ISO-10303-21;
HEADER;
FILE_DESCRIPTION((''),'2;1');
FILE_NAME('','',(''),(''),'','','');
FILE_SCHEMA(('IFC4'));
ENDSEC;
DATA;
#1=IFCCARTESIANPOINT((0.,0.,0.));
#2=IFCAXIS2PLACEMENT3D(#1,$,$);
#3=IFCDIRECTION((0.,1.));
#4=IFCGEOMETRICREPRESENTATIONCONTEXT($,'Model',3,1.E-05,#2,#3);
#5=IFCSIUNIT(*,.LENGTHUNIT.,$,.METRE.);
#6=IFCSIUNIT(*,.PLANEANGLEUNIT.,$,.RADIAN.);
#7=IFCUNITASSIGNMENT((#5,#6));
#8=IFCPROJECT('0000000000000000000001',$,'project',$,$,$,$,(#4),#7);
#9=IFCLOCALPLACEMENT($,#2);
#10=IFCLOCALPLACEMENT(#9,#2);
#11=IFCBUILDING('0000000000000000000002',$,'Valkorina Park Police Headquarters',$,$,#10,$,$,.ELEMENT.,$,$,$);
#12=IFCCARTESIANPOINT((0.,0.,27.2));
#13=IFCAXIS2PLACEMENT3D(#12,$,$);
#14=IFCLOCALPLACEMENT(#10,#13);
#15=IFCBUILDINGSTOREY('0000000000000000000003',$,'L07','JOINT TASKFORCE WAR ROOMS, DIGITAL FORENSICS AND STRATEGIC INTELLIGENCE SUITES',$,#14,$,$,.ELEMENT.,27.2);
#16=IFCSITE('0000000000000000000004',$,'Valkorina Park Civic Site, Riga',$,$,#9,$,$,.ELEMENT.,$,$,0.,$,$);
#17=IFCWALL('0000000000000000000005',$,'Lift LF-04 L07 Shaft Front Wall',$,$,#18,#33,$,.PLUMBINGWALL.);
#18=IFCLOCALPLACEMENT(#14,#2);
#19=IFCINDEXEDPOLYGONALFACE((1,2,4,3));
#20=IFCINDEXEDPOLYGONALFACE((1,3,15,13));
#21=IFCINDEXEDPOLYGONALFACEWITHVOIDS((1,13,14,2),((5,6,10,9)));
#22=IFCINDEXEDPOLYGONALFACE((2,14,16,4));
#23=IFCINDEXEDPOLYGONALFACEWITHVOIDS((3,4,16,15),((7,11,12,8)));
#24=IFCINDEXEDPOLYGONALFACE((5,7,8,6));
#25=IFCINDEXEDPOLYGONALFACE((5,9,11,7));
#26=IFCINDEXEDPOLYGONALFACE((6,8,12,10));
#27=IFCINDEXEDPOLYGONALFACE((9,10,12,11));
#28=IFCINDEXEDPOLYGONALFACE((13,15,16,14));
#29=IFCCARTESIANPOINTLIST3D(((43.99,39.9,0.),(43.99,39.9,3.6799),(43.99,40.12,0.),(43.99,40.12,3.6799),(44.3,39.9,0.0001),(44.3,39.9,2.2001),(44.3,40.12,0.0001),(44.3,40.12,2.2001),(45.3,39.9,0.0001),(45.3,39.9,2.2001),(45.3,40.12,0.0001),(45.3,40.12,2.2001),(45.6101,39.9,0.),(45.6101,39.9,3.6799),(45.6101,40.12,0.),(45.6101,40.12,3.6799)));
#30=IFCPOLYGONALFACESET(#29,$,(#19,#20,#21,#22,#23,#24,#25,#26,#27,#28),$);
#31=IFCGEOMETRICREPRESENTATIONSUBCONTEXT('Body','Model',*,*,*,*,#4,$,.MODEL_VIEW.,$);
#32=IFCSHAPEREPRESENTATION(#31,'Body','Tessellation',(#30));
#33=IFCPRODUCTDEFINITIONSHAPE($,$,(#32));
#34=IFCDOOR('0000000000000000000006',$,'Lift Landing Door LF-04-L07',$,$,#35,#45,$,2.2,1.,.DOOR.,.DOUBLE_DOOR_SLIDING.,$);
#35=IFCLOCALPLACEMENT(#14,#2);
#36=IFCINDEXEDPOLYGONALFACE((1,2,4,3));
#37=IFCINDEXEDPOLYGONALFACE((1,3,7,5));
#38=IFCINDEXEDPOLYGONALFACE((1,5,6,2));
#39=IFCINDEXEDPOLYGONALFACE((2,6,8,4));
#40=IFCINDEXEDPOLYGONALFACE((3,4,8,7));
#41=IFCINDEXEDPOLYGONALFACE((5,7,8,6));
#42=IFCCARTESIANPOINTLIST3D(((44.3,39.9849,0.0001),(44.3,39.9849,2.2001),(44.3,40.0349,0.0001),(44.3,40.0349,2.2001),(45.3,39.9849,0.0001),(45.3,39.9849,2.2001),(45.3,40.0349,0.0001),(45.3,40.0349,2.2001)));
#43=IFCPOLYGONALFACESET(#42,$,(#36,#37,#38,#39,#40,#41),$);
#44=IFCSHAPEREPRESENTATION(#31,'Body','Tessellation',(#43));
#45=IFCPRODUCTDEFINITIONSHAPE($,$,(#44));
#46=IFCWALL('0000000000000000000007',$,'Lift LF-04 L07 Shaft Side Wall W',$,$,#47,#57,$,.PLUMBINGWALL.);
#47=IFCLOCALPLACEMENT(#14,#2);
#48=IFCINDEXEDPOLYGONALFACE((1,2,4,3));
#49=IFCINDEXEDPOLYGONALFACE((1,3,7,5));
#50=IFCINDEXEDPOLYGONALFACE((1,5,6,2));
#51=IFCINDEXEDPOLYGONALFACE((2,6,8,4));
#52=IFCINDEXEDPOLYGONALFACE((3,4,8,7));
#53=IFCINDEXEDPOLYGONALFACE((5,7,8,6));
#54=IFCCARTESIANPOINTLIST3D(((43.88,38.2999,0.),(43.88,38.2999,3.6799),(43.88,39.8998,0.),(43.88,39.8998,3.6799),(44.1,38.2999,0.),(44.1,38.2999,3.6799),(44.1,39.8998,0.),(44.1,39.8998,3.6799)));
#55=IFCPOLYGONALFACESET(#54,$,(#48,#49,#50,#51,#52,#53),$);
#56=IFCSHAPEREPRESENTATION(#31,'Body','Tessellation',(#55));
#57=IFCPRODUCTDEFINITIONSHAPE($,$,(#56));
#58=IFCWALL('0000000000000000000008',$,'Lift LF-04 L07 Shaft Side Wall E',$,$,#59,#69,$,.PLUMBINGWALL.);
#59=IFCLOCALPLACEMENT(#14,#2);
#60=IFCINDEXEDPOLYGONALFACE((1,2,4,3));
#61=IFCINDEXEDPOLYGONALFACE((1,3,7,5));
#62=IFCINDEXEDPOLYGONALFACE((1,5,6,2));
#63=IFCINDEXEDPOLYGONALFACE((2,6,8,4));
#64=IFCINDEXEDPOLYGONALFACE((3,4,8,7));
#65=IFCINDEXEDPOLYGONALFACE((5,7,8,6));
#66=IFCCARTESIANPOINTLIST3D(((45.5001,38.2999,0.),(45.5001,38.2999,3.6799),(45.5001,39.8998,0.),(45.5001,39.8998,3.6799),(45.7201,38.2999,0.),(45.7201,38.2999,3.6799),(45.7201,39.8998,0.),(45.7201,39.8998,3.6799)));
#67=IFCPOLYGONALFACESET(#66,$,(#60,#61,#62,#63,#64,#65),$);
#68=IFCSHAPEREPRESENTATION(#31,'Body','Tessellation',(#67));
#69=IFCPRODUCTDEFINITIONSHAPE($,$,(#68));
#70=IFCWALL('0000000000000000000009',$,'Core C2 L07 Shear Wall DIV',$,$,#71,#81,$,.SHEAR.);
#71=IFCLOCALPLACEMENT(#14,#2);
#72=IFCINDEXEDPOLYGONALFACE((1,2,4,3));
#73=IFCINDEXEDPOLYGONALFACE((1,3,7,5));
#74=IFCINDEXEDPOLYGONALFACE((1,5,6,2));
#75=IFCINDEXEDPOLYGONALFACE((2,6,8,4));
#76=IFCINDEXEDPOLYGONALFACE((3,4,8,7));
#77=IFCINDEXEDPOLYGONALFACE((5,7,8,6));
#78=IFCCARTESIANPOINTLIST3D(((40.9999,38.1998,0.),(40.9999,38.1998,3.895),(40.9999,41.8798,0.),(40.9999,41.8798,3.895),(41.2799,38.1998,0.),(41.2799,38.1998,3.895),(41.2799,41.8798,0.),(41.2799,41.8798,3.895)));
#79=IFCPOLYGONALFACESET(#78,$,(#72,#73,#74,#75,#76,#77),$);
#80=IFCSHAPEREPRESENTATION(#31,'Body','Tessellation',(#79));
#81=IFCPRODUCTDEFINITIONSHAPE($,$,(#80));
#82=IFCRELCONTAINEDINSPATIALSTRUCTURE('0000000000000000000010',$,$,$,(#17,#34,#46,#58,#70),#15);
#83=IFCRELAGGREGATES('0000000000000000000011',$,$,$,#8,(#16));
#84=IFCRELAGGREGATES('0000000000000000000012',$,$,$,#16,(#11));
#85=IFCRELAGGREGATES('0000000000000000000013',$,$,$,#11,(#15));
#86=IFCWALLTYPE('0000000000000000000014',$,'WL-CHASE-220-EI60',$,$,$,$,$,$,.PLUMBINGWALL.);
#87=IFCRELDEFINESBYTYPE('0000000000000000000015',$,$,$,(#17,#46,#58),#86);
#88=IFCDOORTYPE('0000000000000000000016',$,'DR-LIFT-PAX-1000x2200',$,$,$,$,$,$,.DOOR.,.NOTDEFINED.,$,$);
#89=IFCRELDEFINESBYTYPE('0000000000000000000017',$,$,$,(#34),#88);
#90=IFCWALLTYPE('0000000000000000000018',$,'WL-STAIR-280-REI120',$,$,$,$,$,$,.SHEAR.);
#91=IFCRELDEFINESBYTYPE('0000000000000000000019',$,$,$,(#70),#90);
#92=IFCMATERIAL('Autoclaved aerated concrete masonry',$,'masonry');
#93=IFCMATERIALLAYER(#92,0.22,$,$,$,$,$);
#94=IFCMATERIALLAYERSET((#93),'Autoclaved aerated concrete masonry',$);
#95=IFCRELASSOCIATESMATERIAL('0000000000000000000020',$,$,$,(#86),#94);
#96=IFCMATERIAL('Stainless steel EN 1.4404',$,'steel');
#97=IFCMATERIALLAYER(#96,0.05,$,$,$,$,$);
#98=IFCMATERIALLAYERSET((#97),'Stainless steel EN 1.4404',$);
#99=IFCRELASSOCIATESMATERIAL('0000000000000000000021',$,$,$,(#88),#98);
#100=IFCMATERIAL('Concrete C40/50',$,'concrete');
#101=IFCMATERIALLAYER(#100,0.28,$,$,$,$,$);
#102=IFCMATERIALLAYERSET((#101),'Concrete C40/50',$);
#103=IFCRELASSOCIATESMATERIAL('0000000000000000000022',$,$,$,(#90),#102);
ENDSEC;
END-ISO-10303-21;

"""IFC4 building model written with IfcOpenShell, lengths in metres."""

from ifc_helpers import new_model, si_unit, direction, frame, frame_2d, origin, place, context, subcontext, project, spatial, rectangle, extrude, material, layer, layer_set, type_object, element, fill, save


model = new_model("IFC4")

# Units and contexts
model_context = context("Model", 3, precision=1e-05, world=origin(), true_north=direction((0.0, 1.0)))
body_context = subcontext(model_context, "Body", "Model", "MODEL_VIEW")
ifc_project = project(units=[si_unit("LENGTHUNIT", "METRE"), si_unit("PLANEANGLEUNIT", "RADIAN")], contexts=[model_context])

# Site, building, storey
site_placement = place(None, origin())
site = spatial("IfcSite", under=ifc_project, at=site_placement, Name="Valkorina Park Civic Site, Riga", CompositionType="ELEMENT", RefElevation=0.0)
building_placement = place(site_placement, origin())
building = spatial("IfcBuilding", under=site, at=building_placement, Name="Valkorina Park Police Headquarters", CompositionType="ELEMENT")
storey_placement = place(building_placement, frame((0.0, 0.0, 27.2)))
storey = spatial("IfcBuildingStorey", under=building, at=storey_placement, Name="L07", Description="JOINT TASKFORCE WAR ROOMS, DIGITAL FORENSICS AND STRATEGIC INTELLIGENCE SUITES", CompositionType="ELEMENT", Elevation=27.2)

# Shared definitions
ifc_material_1 = material(Name="Autoclaved aerated concrete masonry", Category="masonry")
ifc_layer_1 = layer(ifc_material_1, 0.22)
ifc_layer_set_1 = layer_set([ifc_layer_1], Name="Autoclaved aerated concrete masonry")
wall_type_1 = type_object("IfcWallType", Name="WL-CHASE-220-EI60", PredefinedType="PLUMBINGWALL", material=ifc_layer_set_1)
ifc_material_2 = material(Name="Stainless steel EN 1.4404", Category="steel")

# Wall, opening, door
wall_1_placement = place(storey_placement, frame((43.99, 40.01, 0.0), z_axis=(0.0, 0.0, 1.0), x_axis=(1.0, 0.0, 0.0)))
wall_1 = element("IfcWall", 1, at=wall_1_placement, inside=storey, type_object=wall_type_1, Name="Lift LF-04 L07 Shaft Front Wall", PredefinedType="PLUMBINGWALL", context=body_context, shape_type="SweptSolid", body=[
    extrude(rectangle(XDim=1.6201, YDim=0.22, at=frame_2d((0.8101, 0.0))), origin(), (0.0, 0.0, 1.0), 3.6799),
])
opening_1_placement = place(wall_1_placement, frame((0.3101, 0.0, 0.0)))
opening_1 = element("IfcOpeningElement", 2, at=opening_1_placement, cuts=wall_1, PredefinedType="OPENING", context=body_context, shape_type="SweptSolid", body=[
    extrude(rectangle(XDim=1.0, YDim=2.2, at=frame_2d((0.5, 1.1001))), frame((0.0, 0.1201, 0.0), z_axis=(0.0, -1.0, 0.0), x_axis=(1.0, 0.0, 0.0)), (0.0, 0.0, 1.0), 0.24),
])
ifc_layer_2 = layer(ifc_material_2, 0.05)
ifc_layer_set_2 = layer_set([ifc_layer_2], Name="Stainless steel EN 1.4404")
door_type_1 = type_object("IfcDoorType", Name="DR-LIFT-PAX-1000x2200", OperationType="NOTDEFINED", PredefinedType="DOOR", material=ifc_layer_set_2)
door_1_placement = place(opening_1_placement, origin())
door_1 = element("IfcDoor", 3, at=door_1_placement, inside=storey, type_object=door_type_1, Name="Lift Landing Door LF-04-L07", OperationType="DOUBLE_DOOR_SLIDING", OverallHeight=2.2, OverallWidth=1.0, PredefinedType="DOOR", context=body_context, shape_type="SweptSolid", body=[
    extrude(rectangle(XDim=1.0, YDim=2.2, at=frame_2d((0.5, 1.1001))), frame((0.0, 0.0249, 0.0), z_axis=(0.0, -1.0, 0.0), x_axis=(1.0, 0.0, 0.0)), (0.0, 0.0, 1.0), 0.05),
])
fill(opening_1, door_1)

# Walls
for number, where, z_axis, x_axis, name in (
    (4, (43.99, 38.3, 0.0), (0.0, 0.0, 1.0), (0.0, 1.0, 0.0), "Lift LF-04 L07 Shaft Side Wall W"),
    (5, (45.6101, 38.3, 0.0), (0.0, 0.0, 1.0), (0.0, 1.0, 0.0), "Lift LF-04 L07 Shaft Side Wall E"),
):
    element("IfcWall", number, at=place(storey_placement, frame(where, z_axis=z_axis, x_axis=x_axis)), inside=storey, type_object=wall_type_1, Name=name, PredefinedType="PLUMBINGWALL", context=body_context, shape_type="SweptSolid", body=[
        extrude(rectangle(XDim=1.5999, YDim=0.22, at=frame_2d((0.7998, 0.0))), origin(), (0.0, 0.0, 1.0), 3.6799),
    ])
ifc_material_3 = material(Name="Concrete C40/50", Category="concrete")
ifc_layer_3 = layer(ifc_material_3, 0.28)
ifc_layer_set_3 = layer_set([ifc_layer_3], Name="Concrete C40/50")
wall_type_2 = type_object("IfcWallType", Name="WL-STAIR-280-REI120", PredefinedType="SHEAR", material=ifc_layer_set_3)
wall_2_placement = place(storey_placement, frame((41.1399, 38.2, 0.0), z_axis=(0.0, 0.0, 1.0), x_axis=(0.0, 1.0, 0.0)))
element("IfcWall", 6, at=wall_2_placement, inside=storey, type_object=wall_type_2, Name="Core C2 L07 Shear Wall DIV", PredefinedType="SHEAR", context=body_context, shape_type="SweptSolid", body=[
    extrude(rectangle(XDim=3.6799, YDim=0.28, at=frame_2d((1.8398, 0.0))), origin(), (0.0, 0.0, 1.0), 3.895),
])

save(model, "model.ifc")
